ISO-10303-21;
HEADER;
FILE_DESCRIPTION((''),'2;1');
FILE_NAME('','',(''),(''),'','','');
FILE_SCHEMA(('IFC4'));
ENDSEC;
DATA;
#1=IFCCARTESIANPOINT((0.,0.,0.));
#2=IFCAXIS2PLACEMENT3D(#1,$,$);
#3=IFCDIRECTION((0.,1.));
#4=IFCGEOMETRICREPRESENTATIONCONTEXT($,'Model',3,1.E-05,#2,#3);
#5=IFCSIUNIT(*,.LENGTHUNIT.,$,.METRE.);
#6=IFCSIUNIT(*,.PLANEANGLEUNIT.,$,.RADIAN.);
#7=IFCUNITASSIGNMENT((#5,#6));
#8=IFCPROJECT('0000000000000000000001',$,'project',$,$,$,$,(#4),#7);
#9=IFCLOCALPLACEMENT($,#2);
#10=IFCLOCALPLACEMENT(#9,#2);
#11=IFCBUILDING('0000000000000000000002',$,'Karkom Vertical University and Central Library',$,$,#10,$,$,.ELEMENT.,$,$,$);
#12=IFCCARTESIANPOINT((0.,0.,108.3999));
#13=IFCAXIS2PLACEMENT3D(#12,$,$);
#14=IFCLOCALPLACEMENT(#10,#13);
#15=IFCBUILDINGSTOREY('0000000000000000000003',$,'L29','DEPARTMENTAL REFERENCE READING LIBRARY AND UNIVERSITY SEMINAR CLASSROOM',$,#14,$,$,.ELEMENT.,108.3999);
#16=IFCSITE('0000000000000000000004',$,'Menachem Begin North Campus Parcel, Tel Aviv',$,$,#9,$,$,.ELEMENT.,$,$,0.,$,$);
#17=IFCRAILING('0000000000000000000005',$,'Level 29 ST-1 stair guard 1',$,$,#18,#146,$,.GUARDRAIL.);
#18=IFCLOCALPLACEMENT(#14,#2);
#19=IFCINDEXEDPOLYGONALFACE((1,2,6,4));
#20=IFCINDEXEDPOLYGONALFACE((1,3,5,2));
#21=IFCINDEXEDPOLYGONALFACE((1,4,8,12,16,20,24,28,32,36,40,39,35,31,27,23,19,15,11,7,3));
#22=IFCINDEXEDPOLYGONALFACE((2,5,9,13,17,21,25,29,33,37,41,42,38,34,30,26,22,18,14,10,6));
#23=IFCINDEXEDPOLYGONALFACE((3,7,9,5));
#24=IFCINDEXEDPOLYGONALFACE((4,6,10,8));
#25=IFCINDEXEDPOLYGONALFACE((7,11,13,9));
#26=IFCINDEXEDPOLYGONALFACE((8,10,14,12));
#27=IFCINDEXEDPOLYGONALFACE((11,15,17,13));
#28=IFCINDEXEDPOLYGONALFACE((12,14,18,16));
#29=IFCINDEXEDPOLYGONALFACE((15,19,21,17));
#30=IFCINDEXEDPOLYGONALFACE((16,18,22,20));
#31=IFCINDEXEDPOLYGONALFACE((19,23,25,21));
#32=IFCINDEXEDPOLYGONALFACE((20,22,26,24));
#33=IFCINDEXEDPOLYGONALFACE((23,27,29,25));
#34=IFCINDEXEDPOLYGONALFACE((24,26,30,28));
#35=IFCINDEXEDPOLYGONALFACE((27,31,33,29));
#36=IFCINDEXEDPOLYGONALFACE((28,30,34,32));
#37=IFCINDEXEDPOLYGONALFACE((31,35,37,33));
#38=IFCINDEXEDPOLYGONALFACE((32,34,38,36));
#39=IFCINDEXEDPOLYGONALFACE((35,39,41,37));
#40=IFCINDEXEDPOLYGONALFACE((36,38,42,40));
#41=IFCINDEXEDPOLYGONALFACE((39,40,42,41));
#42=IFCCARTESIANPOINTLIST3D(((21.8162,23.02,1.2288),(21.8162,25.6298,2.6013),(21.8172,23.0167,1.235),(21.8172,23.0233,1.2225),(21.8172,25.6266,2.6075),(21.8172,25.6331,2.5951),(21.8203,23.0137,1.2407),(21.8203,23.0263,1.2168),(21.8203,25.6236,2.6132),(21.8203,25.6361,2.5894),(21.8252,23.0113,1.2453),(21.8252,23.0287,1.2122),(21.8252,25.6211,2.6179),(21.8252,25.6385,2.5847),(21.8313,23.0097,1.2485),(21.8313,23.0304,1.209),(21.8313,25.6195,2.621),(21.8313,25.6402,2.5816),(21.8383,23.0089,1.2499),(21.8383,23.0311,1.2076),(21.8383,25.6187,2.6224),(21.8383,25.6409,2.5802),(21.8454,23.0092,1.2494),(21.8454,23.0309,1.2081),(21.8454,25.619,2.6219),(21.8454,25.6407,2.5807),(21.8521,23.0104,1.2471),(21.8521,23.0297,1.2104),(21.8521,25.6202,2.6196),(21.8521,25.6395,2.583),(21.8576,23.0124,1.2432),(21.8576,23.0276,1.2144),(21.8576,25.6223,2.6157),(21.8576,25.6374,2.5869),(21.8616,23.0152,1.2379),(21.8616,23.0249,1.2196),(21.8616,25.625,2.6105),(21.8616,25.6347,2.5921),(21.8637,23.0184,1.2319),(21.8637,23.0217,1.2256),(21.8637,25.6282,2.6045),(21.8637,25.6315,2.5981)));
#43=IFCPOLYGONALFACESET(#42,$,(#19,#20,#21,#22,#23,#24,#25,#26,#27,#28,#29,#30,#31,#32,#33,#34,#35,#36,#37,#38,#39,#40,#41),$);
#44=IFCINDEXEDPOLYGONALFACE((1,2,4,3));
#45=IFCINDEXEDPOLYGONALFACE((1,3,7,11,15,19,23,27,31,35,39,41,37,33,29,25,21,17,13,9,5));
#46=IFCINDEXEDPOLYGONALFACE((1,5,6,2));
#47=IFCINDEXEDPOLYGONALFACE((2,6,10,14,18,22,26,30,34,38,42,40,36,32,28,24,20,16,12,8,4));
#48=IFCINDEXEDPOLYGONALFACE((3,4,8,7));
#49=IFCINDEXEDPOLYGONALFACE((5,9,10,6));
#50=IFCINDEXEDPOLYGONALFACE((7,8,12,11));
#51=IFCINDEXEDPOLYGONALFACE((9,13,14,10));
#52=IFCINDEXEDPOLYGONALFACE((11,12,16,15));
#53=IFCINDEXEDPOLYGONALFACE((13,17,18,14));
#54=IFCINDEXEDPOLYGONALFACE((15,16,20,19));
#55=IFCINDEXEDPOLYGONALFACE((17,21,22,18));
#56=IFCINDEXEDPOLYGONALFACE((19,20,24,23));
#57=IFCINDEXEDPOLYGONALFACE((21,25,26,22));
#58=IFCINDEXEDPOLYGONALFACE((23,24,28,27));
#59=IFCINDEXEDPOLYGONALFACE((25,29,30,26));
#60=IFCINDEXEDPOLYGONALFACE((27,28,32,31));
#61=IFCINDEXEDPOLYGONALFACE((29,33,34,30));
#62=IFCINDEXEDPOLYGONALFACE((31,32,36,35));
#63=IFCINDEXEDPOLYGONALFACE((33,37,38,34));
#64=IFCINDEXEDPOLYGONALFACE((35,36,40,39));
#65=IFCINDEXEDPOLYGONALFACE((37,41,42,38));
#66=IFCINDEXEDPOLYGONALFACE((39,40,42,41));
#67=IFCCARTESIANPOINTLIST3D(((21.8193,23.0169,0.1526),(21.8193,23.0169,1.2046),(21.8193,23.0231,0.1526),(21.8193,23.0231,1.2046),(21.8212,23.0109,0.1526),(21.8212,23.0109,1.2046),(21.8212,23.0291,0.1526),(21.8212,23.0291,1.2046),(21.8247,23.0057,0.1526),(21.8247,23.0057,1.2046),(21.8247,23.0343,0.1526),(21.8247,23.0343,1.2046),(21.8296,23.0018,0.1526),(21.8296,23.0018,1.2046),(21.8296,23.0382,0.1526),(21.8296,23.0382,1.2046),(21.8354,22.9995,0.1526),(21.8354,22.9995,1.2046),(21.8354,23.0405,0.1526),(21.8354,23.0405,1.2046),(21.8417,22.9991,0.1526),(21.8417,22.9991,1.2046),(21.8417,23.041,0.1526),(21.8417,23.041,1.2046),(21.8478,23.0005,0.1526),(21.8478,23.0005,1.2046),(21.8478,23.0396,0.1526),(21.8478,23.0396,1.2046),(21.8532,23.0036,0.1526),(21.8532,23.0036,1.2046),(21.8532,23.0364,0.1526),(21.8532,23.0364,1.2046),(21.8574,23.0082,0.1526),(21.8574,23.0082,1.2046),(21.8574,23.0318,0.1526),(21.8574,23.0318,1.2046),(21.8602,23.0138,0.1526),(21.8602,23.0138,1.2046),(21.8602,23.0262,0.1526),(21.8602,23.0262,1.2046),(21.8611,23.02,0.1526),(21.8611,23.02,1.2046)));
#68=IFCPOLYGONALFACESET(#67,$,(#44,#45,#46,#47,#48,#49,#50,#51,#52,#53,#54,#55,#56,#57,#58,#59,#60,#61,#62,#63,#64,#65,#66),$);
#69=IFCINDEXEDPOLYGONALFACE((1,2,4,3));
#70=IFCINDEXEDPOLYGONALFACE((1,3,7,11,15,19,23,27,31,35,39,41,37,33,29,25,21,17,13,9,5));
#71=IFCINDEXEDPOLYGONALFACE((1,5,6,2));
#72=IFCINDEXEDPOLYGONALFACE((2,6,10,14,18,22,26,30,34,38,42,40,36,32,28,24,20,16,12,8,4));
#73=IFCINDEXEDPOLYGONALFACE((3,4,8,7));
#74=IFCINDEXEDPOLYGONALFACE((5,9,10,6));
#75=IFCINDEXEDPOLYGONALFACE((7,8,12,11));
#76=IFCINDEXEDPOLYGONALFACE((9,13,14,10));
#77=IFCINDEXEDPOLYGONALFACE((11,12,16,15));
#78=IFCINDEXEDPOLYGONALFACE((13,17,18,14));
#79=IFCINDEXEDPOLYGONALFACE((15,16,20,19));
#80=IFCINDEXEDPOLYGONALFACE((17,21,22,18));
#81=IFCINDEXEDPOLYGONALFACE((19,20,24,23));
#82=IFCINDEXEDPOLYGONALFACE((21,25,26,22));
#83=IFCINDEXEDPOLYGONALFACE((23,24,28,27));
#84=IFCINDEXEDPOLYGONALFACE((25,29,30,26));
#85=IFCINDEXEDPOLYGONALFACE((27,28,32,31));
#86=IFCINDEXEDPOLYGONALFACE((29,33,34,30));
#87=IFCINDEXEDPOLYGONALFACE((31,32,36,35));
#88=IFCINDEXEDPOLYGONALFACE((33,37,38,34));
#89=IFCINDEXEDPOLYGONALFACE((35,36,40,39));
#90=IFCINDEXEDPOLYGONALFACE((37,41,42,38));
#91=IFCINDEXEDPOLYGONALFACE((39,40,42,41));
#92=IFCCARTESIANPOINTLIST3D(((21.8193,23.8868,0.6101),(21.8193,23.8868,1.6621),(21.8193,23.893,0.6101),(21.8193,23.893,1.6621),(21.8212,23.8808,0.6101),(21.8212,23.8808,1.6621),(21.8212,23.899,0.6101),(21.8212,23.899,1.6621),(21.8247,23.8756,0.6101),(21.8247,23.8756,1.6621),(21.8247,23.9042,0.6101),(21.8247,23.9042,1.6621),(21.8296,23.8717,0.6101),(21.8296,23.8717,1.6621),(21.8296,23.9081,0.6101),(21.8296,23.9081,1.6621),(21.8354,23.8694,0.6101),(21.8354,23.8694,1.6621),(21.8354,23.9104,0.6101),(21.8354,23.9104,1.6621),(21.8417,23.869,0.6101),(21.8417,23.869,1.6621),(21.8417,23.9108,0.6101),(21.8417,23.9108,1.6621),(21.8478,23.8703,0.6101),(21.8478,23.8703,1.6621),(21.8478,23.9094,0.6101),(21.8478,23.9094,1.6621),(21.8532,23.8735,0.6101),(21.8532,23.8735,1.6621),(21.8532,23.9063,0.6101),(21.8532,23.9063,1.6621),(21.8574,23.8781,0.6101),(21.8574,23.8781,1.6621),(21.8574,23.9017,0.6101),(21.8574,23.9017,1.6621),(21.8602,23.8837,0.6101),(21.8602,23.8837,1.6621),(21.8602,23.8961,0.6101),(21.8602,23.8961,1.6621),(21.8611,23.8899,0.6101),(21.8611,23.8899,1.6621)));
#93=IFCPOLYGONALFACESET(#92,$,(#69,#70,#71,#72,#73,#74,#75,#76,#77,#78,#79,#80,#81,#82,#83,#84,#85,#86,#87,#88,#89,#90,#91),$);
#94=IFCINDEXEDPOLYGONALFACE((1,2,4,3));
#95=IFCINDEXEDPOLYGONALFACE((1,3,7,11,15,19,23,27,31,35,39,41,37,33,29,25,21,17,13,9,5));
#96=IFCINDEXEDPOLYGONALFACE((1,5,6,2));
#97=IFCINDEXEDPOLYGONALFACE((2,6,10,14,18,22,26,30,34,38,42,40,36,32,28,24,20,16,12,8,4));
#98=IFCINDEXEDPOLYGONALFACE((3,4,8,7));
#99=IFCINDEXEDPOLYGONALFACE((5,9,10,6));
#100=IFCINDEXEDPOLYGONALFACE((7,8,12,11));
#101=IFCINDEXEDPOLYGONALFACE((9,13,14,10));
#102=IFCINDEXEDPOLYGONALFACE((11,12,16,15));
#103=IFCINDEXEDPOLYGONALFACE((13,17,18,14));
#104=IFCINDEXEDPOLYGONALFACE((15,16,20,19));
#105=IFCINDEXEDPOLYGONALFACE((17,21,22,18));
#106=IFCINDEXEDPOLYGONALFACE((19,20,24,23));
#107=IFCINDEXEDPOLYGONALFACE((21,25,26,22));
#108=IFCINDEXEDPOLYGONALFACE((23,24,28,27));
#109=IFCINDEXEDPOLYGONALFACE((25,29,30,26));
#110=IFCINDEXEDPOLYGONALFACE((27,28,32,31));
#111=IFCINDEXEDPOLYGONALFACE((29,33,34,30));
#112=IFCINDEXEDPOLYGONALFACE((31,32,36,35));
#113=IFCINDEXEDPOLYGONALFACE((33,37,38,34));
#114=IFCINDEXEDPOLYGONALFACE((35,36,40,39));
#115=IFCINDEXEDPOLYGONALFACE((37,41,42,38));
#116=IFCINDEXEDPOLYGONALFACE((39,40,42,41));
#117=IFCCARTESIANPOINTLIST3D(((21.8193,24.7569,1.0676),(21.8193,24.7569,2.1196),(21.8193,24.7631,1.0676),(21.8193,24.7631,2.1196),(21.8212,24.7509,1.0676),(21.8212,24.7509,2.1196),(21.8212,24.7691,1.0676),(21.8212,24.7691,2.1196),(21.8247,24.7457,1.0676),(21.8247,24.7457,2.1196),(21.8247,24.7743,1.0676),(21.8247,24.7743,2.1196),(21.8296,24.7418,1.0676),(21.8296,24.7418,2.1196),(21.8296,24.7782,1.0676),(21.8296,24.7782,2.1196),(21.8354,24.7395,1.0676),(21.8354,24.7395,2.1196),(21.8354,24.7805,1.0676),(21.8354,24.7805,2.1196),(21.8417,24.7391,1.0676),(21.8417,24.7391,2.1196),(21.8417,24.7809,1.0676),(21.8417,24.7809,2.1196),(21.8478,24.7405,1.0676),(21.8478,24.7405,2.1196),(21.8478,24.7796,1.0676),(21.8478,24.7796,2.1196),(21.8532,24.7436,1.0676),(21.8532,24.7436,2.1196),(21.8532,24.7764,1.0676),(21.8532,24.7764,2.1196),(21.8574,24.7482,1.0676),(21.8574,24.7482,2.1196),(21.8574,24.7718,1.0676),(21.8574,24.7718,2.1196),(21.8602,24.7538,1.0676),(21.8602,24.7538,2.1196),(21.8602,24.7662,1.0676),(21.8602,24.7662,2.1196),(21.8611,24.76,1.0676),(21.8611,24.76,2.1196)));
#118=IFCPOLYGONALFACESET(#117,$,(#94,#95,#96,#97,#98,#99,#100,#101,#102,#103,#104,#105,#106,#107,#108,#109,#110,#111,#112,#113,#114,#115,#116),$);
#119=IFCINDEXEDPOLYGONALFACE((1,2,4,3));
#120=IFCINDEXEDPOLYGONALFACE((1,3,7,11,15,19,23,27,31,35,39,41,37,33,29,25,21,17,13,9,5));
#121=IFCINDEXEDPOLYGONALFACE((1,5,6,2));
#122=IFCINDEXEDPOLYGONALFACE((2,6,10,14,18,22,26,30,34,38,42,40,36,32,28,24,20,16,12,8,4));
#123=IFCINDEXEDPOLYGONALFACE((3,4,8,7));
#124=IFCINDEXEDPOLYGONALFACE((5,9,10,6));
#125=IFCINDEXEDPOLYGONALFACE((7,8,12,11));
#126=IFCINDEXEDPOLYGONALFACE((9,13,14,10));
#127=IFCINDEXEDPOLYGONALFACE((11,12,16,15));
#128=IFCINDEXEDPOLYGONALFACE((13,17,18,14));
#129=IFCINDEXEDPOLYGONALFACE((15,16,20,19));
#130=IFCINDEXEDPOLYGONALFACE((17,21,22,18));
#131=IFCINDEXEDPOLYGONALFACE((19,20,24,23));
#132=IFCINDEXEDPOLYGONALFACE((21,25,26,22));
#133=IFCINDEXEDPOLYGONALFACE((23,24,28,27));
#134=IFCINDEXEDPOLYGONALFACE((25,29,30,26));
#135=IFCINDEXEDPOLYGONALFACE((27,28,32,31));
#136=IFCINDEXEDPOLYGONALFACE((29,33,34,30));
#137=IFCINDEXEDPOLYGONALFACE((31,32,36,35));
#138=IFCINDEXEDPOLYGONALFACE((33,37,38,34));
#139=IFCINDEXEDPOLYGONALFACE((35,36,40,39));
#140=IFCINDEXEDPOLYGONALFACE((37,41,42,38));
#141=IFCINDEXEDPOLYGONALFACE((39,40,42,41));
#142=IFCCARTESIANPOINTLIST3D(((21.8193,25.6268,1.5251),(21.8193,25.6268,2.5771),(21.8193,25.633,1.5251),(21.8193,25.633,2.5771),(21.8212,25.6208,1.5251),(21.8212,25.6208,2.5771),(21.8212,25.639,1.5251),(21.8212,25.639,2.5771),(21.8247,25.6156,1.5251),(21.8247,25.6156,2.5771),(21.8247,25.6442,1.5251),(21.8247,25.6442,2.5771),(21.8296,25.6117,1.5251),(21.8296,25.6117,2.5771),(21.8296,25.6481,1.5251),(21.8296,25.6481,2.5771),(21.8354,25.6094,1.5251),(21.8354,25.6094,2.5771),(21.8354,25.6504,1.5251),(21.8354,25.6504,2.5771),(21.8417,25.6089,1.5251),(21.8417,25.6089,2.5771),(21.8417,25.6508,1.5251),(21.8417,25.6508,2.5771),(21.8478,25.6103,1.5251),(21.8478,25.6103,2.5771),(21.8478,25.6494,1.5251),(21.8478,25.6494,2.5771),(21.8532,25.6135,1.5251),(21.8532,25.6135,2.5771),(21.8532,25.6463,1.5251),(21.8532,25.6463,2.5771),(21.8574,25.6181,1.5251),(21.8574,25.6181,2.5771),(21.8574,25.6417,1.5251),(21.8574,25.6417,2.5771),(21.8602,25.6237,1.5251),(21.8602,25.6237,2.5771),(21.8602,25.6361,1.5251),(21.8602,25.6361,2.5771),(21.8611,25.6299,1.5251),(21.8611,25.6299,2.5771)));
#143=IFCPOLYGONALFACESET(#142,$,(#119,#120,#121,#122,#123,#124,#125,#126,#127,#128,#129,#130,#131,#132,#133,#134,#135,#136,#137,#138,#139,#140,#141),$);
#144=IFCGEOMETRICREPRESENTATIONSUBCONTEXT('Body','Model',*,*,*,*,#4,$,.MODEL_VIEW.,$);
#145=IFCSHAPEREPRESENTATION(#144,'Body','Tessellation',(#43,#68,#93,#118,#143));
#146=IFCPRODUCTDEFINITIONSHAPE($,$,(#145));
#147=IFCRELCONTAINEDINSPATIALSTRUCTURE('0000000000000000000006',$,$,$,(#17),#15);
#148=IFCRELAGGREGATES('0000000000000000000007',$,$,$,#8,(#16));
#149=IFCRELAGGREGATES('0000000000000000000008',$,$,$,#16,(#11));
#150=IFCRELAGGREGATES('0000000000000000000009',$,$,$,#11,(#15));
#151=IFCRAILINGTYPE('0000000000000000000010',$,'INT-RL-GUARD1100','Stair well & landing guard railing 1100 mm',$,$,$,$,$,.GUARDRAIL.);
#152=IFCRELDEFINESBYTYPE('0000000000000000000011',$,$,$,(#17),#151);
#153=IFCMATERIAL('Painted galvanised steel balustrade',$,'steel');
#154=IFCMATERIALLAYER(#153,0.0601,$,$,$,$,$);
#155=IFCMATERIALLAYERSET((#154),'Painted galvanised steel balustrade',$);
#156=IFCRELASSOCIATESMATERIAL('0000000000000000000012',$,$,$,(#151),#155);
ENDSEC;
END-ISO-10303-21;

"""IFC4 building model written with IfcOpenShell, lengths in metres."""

from ifc_helpers import new_model, si_unit, direction, frame, origin, origin_2d, place, context, subcontext, project, spatial, circle, extrude, material, layer, layer_set, type_object, element, save


model = new_model("IFC4")

# Units and contexts
model_context = context("Model", 3, precision=1e-05, world=origin(), true_north=direction((0.0, 1.0)))
body_context = subcontext(model_context, "Body", "Model", "MODEL_VIEW")
ifc_project = project(units=[si_unit("LENGTHUNIT", "METRE"), si_unit("PLANEANGLEUNIT", "RADIAN")], contexts=[model_context])

# Site, building, storey
site_placement = place(None, origin())
site = spatial("IfcSite", under=ifc_project, at=site_placement, Name="Menachem Begin North Campus Parcel, Tel Aviv", CompositionType="ELEMENT", RefElevation=0.0)
building_placement = place(site_placement, origin())
building = spatial("IfcBuilding", under=site, at=building_placement, Name="Karkom Vertical University and Central Library", CompositionType="ELEMENT")
storey_placement = place(building_placement, frame((0.0, 0.0, 108.3999)))
storey = spatial("IfcBuildingStorey", under=building, at=storey_placement, Name="L29", Description="DEPARTMENTAL REFERENCE READING LIBRARY AND UNIVERSITY SEMINAR CLASSROOM", CompositionType="ELEMENT", Elevation=108.3999)

# Railing
ifc_material_1 = material(Name="Painted galvanised steel balustrade", Category="steel")
ifc_layer_1 = layer(ifc_material_1, 0.0601)
ifc_layer_set_1 = layer_set([ifc_layer_1], Name="Painted galvanised steel balustrade")
railing_type_1 = type_object("IfcRailingType", Name="INT-RL-GUARD1100", Description="Stair well & landing guard railing 1100 mm", PredefinedType="GUARDRAIL", material=ifc_layer_set_1)
railing_1_placement = place(storey_placement, frame((21.8401, 23.02, 0.1526)))
element("IfcRailing", 1, at=railing_1_placement, inside=storey, type_object=railing_type_1, Name="Level 29 ST-1 stair guard 1", PredefinedType="GUARDRAIL", context=body_context, shape_type="SweptSolid", body=[
    extrude(circle(Radius=0.0239, at=origin_2d()), frame((0.0, 0.0, 1.0762), z_axis=(0.0, 0.885065, 0.465467), x_axis=(-1.0, 0.0, 0.0)), (0.0, 0.0, 1.0), 2.9487),
    extrude(circle(Radius=0.021, at=origin_2d()), origin(), (0.0, 0.0, 1.0), 1.052),
    extrude(circle(Radius=0.021, at=origin_2d()), frame((0.0, 0.8699, 0.4575)), (0.0, 0.0, 1.0), 1.052),
    extrude(circle(Radius=0.021, at=origin_2d()), frame((0.0, 1.74, 0.915)), (0.0, 0.0, 1.0), 1.052),
    extrude(circle(Radius=0.021, at=origin_2d()), frame((0.0, 2.6099, 1.3726)), (0.0, 0.0, 1.0), 1.052),
])

save(model, "model.ifc")
